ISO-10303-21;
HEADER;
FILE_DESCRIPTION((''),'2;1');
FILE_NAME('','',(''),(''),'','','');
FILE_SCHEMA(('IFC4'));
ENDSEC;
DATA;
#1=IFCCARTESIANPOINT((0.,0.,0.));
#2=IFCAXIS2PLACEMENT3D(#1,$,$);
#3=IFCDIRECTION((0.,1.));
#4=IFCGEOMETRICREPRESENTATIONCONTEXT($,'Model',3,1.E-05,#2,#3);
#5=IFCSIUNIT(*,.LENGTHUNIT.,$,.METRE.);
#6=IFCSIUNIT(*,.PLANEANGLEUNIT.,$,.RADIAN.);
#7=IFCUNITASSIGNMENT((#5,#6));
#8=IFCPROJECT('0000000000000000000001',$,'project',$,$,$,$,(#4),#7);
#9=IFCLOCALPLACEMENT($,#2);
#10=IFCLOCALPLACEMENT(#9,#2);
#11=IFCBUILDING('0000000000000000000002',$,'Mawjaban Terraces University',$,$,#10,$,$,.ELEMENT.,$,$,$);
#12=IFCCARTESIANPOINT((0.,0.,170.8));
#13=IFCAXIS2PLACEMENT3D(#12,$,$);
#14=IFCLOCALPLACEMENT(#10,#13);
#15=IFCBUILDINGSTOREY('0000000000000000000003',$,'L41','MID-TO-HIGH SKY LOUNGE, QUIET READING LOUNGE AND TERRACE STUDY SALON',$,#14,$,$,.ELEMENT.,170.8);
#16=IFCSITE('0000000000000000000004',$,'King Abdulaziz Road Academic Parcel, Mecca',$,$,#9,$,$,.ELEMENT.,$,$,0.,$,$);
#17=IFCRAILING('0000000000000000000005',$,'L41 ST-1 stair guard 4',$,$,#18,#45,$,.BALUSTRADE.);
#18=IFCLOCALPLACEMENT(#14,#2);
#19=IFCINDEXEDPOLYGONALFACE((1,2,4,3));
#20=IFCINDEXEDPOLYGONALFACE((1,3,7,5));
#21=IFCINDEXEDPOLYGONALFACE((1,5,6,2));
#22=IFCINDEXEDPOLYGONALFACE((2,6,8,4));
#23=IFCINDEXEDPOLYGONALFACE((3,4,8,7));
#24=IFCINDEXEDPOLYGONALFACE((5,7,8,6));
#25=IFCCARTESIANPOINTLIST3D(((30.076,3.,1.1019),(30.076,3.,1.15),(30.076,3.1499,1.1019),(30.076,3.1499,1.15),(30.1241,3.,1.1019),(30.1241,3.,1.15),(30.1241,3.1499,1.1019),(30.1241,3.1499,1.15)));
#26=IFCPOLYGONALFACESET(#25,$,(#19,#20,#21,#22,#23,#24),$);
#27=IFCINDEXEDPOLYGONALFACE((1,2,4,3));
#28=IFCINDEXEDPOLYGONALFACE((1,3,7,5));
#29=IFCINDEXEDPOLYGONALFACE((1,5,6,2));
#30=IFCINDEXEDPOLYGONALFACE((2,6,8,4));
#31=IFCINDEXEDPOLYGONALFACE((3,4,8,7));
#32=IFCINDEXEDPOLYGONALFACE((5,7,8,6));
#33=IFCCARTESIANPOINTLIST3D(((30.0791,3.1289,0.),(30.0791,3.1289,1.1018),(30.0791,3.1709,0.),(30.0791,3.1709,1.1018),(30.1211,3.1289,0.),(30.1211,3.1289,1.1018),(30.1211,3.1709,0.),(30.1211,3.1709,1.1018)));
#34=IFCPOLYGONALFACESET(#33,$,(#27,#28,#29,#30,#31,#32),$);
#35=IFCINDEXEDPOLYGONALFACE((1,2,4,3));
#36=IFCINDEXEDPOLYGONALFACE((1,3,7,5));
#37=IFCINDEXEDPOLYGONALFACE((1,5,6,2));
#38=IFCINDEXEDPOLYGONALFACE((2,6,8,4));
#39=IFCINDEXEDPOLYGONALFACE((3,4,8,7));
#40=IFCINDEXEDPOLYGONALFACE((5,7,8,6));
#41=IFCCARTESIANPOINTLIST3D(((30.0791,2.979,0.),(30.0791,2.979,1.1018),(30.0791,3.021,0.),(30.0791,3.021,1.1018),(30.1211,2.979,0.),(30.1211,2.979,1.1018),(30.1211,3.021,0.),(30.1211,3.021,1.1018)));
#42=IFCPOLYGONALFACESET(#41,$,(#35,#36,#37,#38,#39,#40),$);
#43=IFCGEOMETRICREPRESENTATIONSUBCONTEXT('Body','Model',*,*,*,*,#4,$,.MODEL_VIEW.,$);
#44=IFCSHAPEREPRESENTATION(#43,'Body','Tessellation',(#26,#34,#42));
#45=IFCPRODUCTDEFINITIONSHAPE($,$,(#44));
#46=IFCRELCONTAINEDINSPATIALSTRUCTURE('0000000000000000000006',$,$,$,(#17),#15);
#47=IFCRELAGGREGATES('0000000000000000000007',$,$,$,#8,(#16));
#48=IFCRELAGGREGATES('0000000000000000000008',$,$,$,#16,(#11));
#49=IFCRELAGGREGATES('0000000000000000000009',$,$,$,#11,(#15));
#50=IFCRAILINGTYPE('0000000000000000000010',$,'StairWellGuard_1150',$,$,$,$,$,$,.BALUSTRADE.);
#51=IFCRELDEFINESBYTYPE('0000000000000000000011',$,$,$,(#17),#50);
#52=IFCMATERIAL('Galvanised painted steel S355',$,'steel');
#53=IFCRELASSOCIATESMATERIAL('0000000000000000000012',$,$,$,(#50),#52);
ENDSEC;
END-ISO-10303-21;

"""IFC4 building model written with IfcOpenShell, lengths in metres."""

from ifc_helpers import new_model, si_unit, direction, frame, origin, origin_2d, place, context, subcontext, project, spatial, rectangle, extrude, material, type_object, element, save


model = new_model("IFC4")

# Units and contexts
model_context = context("Model", 3, precision=1e-05, world=origin(), true_north=direction((0.0, 1.0)))
body_context = subcontext(model_context, "Body", "Model", "MODEL_VIEW")
ifc_project = project(units=[si_unit("LENGTHUNIT", "METRE"), si_unit("PLANEANGLEUNIT", "RADIAN")], contexts=[model_context])

# Site, building, storey
site_placement = place(None, origin())
site = spatial("IfcSite", under=ifc_project, at=site_placement, Name="King Abdulaziz Road Academic Parcel, Mecca", CompositionType="ELEMENT", RefElevation=0.0)
building_placement = place(site_placement, origin())
building = spatial("IfcBuilding", under=site, at=building_placement, Name="Mawjaban Terraces University", CompositionType="ELEMENT")
storey_placement = place(building_placement, frame((0.0, 0.0, 170.8)))
storey = spatial("IfcBuildingStorey", under=building, at=storey_placement, Name="L41", Description="MID-TO-HIGH SKY LOUNGE, QUIET READING LOUNGE AND TERRACE STUDY SALON", CompositionType="ELEMENT", Elevation=170.8)

# Railing
ifc_material_1 = material(Name="Galvanised painted steel S355", Category="steel")
railing_type_1 = type_object("IfcRailingType", Name="StairWellGuard_1150", PredefinedType="BALUSTRADE", material=ifc_material_1)
railing_1_placement = place(storey_placement, frame((30.1001, 3.1499, 0.0)))
element("IfcRailing", 1, at=railing_1_placement, inside=storey, type_object=railing_type_1, Name="L41 ST-1 stair guard 4", PredefinedType="BALUSTRADE", context=body_context, shape_type="SweptSolid", body=[
    extrude(rectangle(XDim=0.0481, YDim=0.0481, at=origin_2d()), frame((0.0, 0.0, 1.126), z_axis=(0.0, -1.0, 0.0), x_axis=(1.0, 0.0, 0.0)), (0.0, 0.0, 1.0), 0.1499),
    extrude(rectangle(XDim=0.042, YDim=0.042, at=origin_2d()), origin(), (0.0, 0.0, 1.0), 1.1018),
    extrude(rectangle(XDim=0.042, YDim=0.042, at=origin_2d()), frame((0.0, -0.1499, 0.0)), (0.0, 0.0, 1.0), 1.1018),
])

save(model, "model.ifc")
